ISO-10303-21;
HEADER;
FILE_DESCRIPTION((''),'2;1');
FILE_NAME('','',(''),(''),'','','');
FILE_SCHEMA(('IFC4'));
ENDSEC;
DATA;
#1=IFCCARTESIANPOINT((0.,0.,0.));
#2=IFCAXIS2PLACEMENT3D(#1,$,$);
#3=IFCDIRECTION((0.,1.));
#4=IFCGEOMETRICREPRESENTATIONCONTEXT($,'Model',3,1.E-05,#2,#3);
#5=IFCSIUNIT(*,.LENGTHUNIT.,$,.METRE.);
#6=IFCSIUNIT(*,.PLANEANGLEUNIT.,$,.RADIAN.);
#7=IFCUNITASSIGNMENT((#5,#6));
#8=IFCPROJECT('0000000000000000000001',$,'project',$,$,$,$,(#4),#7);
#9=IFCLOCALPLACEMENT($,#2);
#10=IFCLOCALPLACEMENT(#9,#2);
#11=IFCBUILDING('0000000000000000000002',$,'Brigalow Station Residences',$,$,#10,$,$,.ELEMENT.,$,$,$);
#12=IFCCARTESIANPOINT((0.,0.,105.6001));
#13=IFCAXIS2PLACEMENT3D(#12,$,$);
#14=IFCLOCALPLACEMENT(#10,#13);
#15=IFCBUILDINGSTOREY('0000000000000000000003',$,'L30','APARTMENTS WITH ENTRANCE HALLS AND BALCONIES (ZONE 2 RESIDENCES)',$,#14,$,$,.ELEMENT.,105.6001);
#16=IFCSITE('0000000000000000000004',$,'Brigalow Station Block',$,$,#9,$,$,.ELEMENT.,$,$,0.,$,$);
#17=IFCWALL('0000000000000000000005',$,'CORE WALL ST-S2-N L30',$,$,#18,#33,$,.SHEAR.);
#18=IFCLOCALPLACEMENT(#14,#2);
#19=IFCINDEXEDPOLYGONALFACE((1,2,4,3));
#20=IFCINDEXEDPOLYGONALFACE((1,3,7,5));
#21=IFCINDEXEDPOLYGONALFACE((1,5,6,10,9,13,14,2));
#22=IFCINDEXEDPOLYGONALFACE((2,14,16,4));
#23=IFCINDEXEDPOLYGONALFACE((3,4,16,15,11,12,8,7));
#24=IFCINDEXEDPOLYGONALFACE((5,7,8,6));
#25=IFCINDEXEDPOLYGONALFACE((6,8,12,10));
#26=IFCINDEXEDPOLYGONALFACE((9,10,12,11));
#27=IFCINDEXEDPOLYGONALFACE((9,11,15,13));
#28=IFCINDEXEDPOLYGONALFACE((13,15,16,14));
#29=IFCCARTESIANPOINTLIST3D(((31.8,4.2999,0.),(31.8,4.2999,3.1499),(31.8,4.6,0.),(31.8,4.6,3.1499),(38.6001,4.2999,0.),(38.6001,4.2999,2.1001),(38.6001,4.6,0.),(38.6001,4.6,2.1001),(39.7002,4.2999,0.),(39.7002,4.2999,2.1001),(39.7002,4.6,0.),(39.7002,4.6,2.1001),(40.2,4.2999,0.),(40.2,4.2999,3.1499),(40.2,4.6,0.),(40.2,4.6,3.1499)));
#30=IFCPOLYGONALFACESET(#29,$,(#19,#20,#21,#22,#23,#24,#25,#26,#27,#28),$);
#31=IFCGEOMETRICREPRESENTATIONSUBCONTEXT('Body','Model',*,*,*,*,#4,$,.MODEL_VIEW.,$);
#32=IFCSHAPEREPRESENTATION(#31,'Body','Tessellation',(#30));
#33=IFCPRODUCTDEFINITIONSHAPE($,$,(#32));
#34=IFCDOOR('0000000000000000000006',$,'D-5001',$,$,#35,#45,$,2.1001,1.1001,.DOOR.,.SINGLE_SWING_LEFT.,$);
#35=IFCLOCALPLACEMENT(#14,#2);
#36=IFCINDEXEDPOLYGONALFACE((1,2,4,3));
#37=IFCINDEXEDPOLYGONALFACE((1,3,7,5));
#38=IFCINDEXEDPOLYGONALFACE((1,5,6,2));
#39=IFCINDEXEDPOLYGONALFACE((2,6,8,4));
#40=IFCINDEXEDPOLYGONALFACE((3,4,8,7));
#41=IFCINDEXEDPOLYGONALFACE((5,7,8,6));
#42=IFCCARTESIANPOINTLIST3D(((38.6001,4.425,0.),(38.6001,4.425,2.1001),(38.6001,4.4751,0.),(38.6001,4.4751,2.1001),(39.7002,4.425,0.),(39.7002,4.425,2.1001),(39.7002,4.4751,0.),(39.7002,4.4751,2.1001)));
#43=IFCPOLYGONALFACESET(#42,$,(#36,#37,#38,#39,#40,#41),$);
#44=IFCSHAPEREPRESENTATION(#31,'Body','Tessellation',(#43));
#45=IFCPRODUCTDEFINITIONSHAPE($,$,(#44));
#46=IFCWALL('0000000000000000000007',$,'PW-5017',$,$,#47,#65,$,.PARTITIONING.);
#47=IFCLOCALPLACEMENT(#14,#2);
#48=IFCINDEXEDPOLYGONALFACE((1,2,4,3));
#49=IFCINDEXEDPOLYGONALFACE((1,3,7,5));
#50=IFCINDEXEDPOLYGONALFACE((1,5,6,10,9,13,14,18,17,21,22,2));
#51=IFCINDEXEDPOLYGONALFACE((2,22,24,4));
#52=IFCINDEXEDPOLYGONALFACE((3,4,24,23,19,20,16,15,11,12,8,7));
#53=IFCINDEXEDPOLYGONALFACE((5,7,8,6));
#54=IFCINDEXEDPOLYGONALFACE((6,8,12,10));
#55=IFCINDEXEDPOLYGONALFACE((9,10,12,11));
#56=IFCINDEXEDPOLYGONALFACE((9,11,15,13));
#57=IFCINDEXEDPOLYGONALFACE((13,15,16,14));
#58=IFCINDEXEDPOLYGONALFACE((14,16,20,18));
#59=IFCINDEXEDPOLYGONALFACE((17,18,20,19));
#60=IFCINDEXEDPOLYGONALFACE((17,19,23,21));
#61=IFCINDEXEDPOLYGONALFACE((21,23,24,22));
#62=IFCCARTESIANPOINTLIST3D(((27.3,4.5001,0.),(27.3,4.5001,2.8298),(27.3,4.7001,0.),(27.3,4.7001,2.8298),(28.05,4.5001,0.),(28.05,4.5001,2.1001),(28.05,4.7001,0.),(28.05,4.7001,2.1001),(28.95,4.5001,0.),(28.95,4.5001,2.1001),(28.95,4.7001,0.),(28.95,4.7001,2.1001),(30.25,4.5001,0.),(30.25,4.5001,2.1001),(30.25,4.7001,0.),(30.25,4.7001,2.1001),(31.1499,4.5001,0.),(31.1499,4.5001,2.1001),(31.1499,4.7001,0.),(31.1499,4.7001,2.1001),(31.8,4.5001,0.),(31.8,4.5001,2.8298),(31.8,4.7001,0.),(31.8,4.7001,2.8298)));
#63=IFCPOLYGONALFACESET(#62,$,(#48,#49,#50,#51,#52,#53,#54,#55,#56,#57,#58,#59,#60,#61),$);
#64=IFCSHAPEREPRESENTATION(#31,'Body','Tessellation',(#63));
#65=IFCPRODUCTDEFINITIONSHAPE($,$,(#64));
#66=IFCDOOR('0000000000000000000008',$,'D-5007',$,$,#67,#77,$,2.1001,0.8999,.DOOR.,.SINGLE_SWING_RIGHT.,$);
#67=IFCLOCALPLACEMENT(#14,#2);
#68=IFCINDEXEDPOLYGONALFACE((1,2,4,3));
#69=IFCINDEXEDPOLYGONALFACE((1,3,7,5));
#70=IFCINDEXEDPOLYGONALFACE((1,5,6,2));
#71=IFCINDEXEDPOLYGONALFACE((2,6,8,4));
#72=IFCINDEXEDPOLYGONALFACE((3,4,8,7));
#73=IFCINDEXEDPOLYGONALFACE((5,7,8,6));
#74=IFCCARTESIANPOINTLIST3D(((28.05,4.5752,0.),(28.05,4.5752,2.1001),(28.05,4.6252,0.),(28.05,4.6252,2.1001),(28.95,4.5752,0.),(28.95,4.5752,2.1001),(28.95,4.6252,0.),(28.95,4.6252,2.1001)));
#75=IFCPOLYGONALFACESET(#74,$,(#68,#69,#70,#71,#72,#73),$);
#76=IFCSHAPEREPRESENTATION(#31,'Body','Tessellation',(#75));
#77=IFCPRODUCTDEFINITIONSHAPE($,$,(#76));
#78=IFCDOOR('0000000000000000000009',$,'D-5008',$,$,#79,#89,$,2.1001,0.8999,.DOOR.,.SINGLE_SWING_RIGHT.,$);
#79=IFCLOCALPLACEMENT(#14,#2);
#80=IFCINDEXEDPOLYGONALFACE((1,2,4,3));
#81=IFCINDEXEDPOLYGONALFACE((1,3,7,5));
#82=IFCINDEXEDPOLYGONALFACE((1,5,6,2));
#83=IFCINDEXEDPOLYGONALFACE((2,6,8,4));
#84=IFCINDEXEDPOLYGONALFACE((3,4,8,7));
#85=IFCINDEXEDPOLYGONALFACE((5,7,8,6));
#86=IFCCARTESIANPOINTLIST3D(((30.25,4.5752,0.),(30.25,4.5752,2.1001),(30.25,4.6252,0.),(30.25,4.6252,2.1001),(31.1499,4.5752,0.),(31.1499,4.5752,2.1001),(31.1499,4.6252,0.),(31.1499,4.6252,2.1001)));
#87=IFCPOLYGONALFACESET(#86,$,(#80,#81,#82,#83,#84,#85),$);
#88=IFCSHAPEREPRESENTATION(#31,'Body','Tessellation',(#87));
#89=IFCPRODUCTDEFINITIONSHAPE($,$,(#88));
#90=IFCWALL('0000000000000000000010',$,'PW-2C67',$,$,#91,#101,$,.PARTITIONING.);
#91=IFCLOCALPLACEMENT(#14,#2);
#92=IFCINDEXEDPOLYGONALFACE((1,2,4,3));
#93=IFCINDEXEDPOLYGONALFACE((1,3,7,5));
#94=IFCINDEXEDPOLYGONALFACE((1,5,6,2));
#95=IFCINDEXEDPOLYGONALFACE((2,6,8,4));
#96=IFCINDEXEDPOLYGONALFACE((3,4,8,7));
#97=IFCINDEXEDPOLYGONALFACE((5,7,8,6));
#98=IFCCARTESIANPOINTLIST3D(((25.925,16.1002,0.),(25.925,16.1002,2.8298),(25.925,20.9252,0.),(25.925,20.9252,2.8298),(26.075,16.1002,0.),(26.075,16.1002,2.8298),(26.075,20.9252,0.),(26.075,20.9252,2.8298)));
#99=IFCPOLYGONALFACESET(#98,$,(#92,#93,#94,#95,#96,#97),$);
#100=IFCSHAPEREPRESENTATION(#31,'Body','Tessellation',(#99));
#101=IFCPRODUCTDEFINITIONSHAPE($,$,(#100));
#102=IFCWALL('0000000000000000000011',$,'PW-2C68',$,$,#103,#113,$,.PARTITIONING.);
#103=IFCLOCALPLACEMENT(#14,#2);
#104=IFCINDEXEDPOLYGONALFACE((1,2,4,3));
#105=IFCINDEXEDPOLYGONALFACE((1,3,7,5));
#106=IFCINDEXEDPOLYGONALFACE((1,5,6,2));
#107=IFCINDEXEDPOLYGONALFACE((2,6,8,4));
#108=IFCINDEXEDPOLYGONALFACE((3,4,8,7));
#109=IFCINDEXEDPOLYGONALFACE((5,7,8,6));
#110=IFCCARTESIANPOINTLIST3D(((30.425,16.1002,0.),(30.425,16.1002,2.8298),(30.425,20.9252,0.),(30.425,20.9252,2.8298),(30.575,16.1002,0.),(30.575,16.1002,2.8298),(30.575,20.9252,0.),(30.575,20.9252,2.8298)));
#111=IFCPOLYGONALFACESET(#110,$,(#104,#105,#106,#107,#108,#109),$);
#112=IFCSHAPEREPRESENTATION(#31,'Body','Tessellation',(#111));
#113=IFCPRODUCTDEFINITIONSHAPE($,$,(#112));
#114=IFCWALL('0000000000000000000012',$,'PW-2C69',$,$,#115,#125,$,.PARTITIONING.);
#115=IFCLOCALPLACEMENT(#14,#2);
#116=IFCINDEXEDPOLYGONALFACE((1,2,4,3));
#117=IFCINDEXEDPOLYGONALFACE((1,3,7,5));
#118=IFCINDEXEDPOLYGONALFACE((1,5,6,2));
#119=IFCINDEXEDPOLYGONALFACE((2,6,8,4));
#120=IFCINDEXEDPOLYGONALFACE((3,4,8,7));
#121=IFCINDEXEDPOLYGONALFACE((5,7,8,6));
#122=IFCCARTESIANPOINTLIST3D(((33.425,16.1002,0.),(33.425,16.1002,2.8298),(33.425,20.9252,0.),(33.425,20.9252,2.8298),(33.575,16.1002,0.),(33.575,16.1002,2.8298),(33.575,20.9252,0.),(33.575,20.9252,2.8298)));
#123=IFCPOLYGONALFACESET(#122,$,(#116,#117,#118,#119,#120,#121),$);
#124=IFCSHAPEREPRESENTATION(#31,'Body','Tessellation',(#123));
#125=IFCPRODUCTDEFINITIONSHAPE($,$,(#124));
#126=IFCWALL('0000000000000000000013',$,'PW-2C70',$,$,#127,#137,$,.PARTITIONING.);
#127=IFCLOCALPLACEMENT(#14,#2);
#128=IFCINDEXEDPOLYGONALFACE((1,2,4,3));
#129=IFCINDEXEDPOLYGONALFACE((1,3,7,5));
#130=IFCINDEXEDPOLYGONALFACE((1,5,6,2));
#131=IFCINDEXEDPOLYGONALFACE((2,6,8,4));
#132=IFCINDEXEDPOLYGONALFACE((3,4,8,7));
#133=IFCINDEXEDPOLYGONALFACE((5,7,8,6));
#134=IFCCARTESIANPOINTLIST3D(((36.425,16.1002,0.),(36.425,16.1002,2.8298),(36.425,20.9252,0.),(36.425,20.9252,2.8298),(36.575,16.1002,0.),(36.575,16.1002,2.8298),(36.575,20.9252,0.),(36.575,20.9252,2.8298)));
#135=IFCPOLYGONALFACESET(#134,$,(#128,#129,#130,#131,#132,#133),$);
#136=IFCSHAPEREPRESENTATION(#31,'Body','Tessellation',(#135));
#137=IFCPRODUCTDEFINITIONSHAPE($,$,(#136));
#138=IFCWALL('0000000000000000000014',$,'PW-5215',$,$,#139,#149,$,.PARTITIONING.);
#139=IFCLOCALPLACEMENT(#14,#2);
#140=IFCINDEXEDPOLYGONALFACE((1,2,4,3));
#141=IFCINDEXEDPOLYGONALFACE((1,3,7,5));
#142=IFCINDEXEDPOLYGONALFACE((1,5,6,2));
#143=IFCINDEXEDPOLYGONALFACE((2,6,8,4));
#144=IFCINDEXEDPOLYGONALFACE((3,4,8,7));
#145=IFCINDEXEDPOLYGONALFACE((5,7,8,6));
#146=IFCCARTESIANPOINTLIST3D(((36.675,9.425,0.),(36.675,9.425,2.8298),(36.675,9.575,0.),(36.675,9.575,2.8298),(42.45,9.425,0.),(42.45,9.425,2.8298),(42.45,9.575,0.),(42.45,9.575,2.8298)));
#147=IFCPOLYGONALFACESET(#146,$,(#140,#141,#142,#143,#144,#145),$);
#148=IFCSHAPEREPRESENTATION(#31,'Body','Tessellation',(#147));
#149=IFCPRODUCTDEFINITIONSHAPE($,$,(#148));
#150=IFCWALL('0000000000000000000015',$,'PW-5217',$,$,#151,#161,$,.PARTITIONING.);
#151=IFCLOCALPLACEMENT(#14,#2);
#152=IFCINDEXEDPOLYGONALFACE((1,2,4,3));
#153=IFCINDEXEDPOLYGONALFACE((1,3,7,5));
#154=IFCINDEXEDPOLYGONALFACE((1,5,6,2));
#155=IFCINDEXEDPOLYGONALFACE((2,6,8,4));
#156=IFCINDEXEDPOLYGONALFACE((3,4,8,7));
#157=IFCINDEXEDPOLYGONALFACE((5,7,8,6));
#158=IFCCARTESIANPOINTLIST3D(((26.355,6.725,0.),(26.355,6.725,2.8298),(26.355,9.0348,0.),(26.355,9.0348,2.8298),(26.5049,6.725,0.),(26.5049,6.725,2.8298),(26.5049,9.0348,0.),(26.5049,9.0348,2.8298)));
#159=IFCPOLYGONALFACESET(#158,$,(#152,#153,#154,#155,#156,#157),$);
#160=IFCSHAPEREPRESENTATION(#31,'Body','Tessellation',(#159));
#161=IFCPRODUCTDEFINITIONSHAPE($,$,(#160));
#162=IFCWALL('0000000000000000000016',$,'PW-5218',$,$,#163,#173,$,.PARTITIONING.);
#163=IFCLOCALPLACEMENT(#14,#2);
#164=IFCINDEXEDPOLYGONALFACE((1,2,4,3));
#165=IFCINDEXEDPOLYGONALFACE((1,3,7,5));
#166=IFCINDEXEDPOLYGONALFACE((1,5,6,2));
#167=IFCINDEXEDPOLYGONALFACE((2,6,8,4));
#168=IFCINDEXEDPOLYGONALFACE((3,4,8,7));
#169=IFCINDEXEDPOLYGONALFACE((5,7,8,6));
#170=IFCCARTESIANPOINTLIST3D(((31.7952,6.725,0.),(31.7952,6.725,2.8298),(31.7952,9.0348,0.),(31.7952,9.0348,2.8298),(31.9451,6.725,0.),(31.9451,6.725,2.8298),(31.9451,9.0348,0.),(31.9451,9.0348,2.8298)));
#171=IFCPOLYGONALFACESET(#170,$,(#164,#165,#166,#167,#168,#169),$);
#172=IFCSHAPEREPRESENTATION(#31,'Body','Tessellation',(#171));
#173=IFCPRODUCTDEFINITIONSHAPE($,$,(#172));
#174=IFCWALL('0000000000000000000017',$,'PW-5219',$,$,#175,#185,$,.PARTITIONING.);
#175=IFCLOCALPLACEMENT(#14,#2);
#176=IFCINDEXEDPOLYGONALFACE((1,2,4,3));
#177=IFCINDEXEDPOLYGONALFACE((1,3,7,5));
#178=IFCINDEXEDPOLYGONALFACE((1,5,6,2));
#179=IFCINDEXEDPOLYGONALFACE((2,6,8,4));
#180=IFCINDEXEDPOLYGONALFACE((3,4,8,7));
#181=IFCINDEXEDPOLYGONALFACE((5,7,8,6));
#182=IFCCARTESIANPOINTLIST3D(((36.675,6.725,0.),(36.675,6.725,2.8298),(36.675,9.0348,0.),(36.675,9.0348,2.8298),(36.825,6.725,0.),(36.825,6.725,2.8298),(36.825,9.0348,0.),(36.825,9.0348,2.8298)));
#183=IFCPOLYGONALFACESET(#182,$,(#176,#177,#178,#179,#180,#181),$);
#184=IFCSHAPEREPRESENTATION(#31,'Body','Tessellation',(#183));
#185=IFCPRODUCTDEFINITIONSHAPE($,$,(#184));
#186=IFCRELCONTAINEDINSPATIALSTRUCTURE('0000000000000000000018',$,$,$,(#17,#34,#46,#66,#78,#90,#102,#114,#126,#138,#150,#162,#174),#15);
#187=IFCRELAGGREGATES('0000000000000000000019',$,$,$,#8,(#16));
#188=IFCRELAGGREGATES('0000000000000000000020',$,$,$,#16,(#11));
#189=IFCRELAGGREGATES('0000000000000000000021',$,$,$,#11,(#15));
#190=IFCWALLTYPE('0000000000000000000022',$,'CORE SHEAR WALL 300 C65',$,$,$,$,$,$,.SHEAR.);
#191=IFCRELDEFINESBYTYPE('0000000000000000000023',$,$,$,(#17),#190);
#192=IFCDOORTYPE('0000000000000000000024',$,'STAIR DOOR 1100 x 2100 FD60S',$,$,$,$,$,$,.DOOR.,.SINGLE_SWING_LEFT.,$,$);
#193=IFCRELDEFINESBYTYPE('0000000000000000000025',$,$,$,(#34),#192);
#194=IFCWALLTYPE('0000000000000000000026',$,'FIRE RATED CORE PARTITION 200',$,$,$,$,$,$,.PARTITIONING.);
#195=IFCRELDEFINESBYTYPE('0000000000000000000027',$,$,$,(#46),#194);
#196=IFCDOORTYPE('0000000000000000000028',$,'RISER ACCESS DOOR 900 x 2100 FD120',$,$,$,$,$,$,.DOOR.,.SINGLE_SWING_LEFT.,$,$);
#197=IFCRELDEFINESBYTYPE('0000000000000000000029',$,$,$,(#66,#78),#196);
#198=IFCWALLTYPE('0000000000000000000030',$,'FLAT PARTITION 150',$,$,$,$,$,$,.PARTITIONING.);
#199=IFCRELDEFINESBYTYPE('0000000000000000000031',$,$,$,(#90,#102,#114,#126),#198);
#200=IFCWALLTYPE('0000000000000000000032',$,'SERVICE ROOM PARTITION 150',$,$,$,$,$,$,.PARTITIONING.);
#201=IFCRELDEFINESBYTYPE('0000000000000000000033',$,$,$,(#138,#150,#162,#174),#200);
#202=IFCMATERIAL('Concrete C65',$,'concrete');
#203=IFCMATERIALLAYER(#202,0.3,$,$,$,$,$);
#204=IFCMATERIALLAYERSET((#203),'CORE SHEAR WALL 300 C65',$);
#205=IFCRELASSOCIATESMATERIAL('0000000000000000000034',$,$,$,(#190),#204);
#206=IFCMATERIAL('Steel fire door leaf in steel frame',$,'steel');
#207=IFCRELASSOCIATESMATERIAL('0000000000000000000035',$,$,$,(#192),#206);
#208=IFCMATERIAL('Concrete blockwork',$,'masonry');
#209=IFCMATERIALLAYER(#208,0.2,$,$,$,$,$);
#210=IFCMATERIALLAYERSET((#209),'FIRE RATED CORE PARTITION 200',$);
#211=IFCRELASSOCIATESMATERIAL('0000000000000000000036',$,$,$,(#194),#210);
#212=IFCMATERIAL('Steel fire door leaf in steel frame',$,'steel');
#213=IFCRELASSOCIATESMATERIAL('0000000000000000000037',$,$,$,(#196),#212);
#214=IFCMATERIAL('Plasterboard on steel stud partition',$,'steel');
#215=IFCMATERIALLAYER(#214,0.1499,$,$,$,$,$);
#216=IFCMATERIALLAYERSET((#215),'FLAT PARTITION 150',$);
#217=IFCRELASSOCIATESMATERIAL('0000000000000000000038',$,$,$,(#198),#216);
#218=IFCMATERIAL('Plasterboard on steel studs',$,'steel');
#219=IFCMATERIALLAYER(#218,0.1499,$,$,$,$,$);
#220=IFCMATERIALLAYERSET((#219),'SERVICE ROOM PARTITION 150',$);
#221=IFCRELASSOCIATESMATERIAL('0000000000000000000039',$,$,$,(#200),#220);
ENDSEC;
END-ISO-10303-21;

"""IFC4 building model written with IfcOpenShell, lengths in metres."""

from ifc_helpers import new_model, si_unit, direction, frame, frame_2d, origin, place, context, subcontext, project, spatial, rectangle, extrude, material, layer, layer_set, type_object, element, fill, save


model = new_model("IFC4")

# Units and contexts
model_context = context("Model", 3, precision=1e-05, world=origin(), true_north=direction((0.0, 1.0)))
body_context = subcontext(model_context, "Body", "Model", "MODEL_VIEW")
ifc_project = project(units=[si_unit("LENGTHUNIT", "METRE"), si_unit("PLANEANGLEUNIT", "RADIAN")], contexts=[model_context])

# Site, building, storey
site_placement = place(None, origin())
site = spatial("IfcSite", under=ifc_project, at=site_placement, Name="Brigalow Station Block", CompositionType="ELEMENT", RefElevation=0.0)
building_placement = place(site_placement, origin())
building = spatial("IfcBuilding", under=site, at=building_placement, Name="Brigalow Station Residences", CompositionType="ELEMENT")
storey_placement = place(building_placement, frame((0.0, 0.0, 105.6001)))
storey = spatial("IfcBuildingStorey", under=building, at=storey_placement, Name="L30", Description="APARTMENTS WITH ENTRANCE HALLS AND BALCONIES (ZONE 2 RESIDENCES)", CompositionType="ELEMENT", Elevation=105.6001)

# Wall, opening, door
ifc_material_1 = material(Name="Concrete C65", Category="concrete")
ifc_layer_1 = layer(ifc_material_1, 0.3)
ifc_layer_set_1 = layer_set([ifc_layer_1], Name="CORE SHEAR WALL 300 C65")
wall_type_1 = type_object("IfcWallType", Name="CORE SHEAR WALL 300 C65", PredefinedType="SHEAR", material=ifc_layer_set_1)
wall_1_placement = place(storey_placement, frame((31.8, 4.45, 0.0), z_axis=(0.0, 0.0, 1.0), x_axis=(1.0, 0.0, 0.0)))
wall_1 = element("IfcWall", 1, at=wall_1_placement, inside=storey, type_object=wall_type_1, Name="CORE WALL ST-S2-N L30", PredefinedType="SHEAR", context=body_context, shape_type="SweptSolid", body=[
    extrude(rectangle(XDim=8.3999, YDim=0.3, at=frame_2d((4.2, 0.0))), origin(), (0.0, 0.0, 1.0), 3.1499),
])
opening_1_placement = place(wall_1_placement, frame((6.8, 0.0, 0.0)))
opening_1 = element("IfcOpeningElement", 2, at=opening_1_placement, cuts=wall_1, PredefinedType="OPENING", context=body_context, shape_type="SweptSolid", body=[
    extrude(rectangle(XDim=1.1001, YDim=2.1001, at=frame_2d((0.55, 1.05))), frame((0.0, 0.1602, 0.0), z_axis=(0.0, -1.0, 0.0), x_axis=(1.0, 0.0, 0.0)), (0.0, 0.0, 1.0), 0.3201),
])
ifc_material_2 = material(Name="Steel fire door leaf in steel frame", Category="steel")
door_type_1 = type_object("IfcDoorType", Name="STAIR DOOR 1100 x 2100 FD60S", OperationType="SINGLE_SWING_LEFT", PredefinedType="DOOR", material=ifc_material_2)
door_1_placement = place(opening_1_placement, frame((1.1001, 0.0, 0.0), z_axis=(0.0, 0.0, 1.0), x_axis=(-1.0, 0.0, 0.0)))
door_1 = element("IfcDoor", 3, at=door_1_placement, inside=storey, type_object=door_type_1, Name="D-5001", OperationType="SINGLE_SWING_LEFT", OverallHeight=2.1001, OverallWidth=1.1001, PredefinedType="DOOR", context=body_context, shape_type="SweptSolid", body=[
    extrude(rectangle(XDim=1.1001, YDim=2.1001, at=frame_2d((0.55, 1.05))), frame((0.0, 0.0249, 0.0), z_axis=(0.0, -1.0, 0.0), x_axis=(1.0, 0.0, 0.0)), (0.0, 0.0, 1.0), 0.05),
])
fill(opening_1, door_1)

# Wall, openings, doors
ifc_material_3 = material(Name="Concrete blockwork", Category="masonry")
ifc_layer_2 = layer(ifc_material_3, 0.2)
ifc_layer_set_2 = layer_set([ifc_layer_2], Name="FIRE RATED CORE PARTITION 200")
wall_type_2 = type_object("IfcWallType", Name="FIRE RATED CORE PARTITION 200", PredefinedType="PARTITIONING", material=ifc_layer_set_2)
wall_2_placement = place(storey_placement, frame((27.3, 4.6001, 0.0), z_axis=(0.0, 0.0, 1.0), x_axis=(1.0, 0.0, 0.0)))
wall_2 = element("IfcWall", 4, at=wall_2_placement, inside=storey, type_object=wall_type_2, Name="PW-5017", PredefinedType="PARTITIONING", context=body_context, shape_type="SweptSolid", body=[
    extrude(rectangle(XDim=4.5, YDim=0.2, at=frame_2d((2.25, 0.0))), origin(), (0.0, 0.0, 1.0), 2.8298),
])
opening_2_placement = place(wall_2_placement, frame((0.75, 0.0, 0.0)))
opening_2 = element("IfcOpeningElement", 5, at=opening_2_placement, cuts=wall_2, PredefinedType="OPENING", context=body_context, shape_type="SweptSolid", body=[
    extrude(rectangle(XDim=0.8999, YDim=2.1001, at=frame_2d((0.45, 1.05))), frame((0.0, 0.1099, 0.0), z_axis=(0.0, -1.0, 0.0), x_axis=(1.0, 0.0, 0.0)), (0.0, 0.0, 1.0), 0.22),
])
opening_3_placement = place(wall_2_placement, frame((2.95, 0.0, 0.0)))
opening_3 = element("IfcOpeningElement", 6, at=opening_3_placement, cuts=wall_2, PredefinedType="OPENING", context=body_context, shape_type="SweptSolid", body=[
    extrude(rectangle(XDim=0.8999, YDim=2.1001, at=frame_2d((0.45, 1.05))), frame((0.0, 0.1099, 0.0), z_axis=(0.0, -1.0, 0.0), x_axis=(1.0, 0.0, 0.0)), (0.0, 0.0, 1.0), 0.22),
])
ifc_material_4 = material(Name="Steel fire door leaf in steel frame", Category="steel")
door_type_2 = type_object("IfcDoorType", Name="RISER ACCESS DOOR 900 x 2100 FD120", OperationType="SINGLE_SWING_LEFT", PredefinedType="DOOR", material=ifc_material_4)
door_2_placement = place(opening_2_placement, frame((0.8999, 0.0, 0.0), z_axis=(0.0, 0.0, 1.0), x_axis=(-1.0, 0.0, 0.0)))
door_2 = element("IfcDoor", 7, at=door_2_placement, inside=storey, type_object=door_type_2, Name="D-5007", OperationType="SINGLE_SWING_RIGHT", OverallHeight=2.1001, OverallWidth=0.8999, PredefinedType="DOOR", context=body_context, shape_type="SweptSolid", body=[
    extrude(rectangle(XDim=0.8999, YDim=2.1001, at=frame_2d((0.45, 1.05))), frame((0.0, 0.0249, 0.0), z_axis=(0.0, -1.0, 0.0), x_axis=(1.0, 0.0, 0.0)), (0.0, 0.0, 1.0), 0.05),
])
fill(opening_2, door_2)
door_3_placement = place(opening_3_placement, frame((0.8999, 0.0, 0.0), z_axis=(0.0, 0.0, 1.0), x_axis=(-1.0, 0.0, 0.0)))
door_3 = element("IfcDoor", 8, at=door_3_placement, inside=storey, type_object=door_type_2, Name="D-5008", OperationType="SINGLE_SWING_RIGHT", OverallHeight=2.1001, OverallWidth=0.8999, PredefinedType="DOOR", context=body_context, shape_type="SweptSolid", body=[
    extrude(rectangle(XDim=0.8999, YDim=2.1001, at=frame_2d((0.45, 1.05))), frame((0.0, 0.0249, 0.0), z_axis=(0.0, -1.0, 0.0), x_axis=(1.0, 0.0, 0.0)), (0.0, 0.0, 1.0), 0.05),
])
fill(opening_3, door_3)

# Walls
ifc_material_5 = material(Name="Plasterboard on steel stud partition", Category="steel")
ifc_layer_3 = layer(ifc_material_5, 0.1499)
ifc_layer_set_3 = layer_set([ifc_layer_3], Name="FLAT PARTITION 150")
wall_type_3 = type_object("IfcWallType", Name="FLAT PARTITION 150", PredefinedType="PARTITIONING", material=ifc_layer_set_3)
for number, where, z_axis, x_axis, name in (
    (9, (26.0, 16.1001, 0.0), (0.0, 0.0, 1.0), (0.0, 1.0, 0.0), "PW-2C67"),
    (10, (30.5, 16.1001, 0.0), (0.0, 0.0, 1.0), (0.0, 1.0, 0.0), "PW-2C68"),
    (11, (33.5, 16.1001, 0.0), (0.0, 0.0, 1.0), (0.0, 1.0, 0.0), "PW-2C69"),
    (12, (36.5, 16.1001, 0.0), (0.0, 0.0, 1.0), (0.0, 1.0, 0.0), "PW-2C70"),
):
    element("IfcWall", number, at=place(storey_placement, frame(where, z_axis=z_axis, x_axis=x_axis)), inside=storey, type_object=wall_type_3, Name=name, PredefinedType="PARTITIONING", context=body_context, shape_type="SweptSolid", body=[
        extrude(rectangle(XDim=4.825, YDim=0.1499, at=frame_2d((2.4126, 0.0))), origin(), (0.0, 0.0, 1.0), 2.8298),
    ])
ifc_material_6 = material(Name="Plasterboard on steel studs", Category="steel")
ifc_layer_4 = layer(ifc_material_6, 0.1499)
ifc_layer_set_4 = layer_set([ifc_layer_4], Name="SERVICE ROOM PARTITION 150")
wall_type_4 = type_object("IfcWallType", Name="SERVICE ROOM PARTITION 150", PredefinedType="PARTITIONING", material=ifc_layer_set_4)
wall_3_placement = place(storey_placement, frame((36.675, 9.5, 0.0), z_axis=(0.0, 0.0, 1.0), x_axis=(1.0, 0.0, 0.0)))
element("IfcWall", 13, at=wall_3_placement, inside=storey, type_object=wall_type_4, Name="PW-5215", PredefinedType="PARTITIONING", context=body_context, shape_type="SweptSolid", body=[
    extrude(rectangle(XDim=5.7749, YDim=0.1499, at=frame_2d((2.8875, 0.0))), origin(), (0.0, 0.0, 1.0), 2.8298),
])
for number, where, z_axis, x_axis, name in (
    (14, (26.4299, 6.7251, 0.0), (0.0, 0.0, 1.0), (0.0, 1.0, 0.0), "PW-5217"),
    (15, (31.8701, 6.7251, 0.0), (0.0, 0.0, 1.0), (0.0, 1.0, 0.0), "PW-5218"),
    (16, (36.75, 6.7251, 0.0), (0.0, 0.0, 1.0), (0.0, 1.0, 0.0), "PW-5219"),
):
    element("IfcWall", number, at=place(storey_placement, frame(where, z_axis=z_axis, x_axis=x_axis)), inside=storey, type_object=wall_type_4, Name=name, PredefinedType="PARTITIONING", context=body_context, shape_type="SweptSolid", body=[
        extrude(rectangle(XDim=2.3098, YDim=0.1499, at=frame_2d((1.1548, 0.0))), origin(), (0.0, 0.0, 1.0), 2.8298),
    ])

save(model, "model.ifc")
